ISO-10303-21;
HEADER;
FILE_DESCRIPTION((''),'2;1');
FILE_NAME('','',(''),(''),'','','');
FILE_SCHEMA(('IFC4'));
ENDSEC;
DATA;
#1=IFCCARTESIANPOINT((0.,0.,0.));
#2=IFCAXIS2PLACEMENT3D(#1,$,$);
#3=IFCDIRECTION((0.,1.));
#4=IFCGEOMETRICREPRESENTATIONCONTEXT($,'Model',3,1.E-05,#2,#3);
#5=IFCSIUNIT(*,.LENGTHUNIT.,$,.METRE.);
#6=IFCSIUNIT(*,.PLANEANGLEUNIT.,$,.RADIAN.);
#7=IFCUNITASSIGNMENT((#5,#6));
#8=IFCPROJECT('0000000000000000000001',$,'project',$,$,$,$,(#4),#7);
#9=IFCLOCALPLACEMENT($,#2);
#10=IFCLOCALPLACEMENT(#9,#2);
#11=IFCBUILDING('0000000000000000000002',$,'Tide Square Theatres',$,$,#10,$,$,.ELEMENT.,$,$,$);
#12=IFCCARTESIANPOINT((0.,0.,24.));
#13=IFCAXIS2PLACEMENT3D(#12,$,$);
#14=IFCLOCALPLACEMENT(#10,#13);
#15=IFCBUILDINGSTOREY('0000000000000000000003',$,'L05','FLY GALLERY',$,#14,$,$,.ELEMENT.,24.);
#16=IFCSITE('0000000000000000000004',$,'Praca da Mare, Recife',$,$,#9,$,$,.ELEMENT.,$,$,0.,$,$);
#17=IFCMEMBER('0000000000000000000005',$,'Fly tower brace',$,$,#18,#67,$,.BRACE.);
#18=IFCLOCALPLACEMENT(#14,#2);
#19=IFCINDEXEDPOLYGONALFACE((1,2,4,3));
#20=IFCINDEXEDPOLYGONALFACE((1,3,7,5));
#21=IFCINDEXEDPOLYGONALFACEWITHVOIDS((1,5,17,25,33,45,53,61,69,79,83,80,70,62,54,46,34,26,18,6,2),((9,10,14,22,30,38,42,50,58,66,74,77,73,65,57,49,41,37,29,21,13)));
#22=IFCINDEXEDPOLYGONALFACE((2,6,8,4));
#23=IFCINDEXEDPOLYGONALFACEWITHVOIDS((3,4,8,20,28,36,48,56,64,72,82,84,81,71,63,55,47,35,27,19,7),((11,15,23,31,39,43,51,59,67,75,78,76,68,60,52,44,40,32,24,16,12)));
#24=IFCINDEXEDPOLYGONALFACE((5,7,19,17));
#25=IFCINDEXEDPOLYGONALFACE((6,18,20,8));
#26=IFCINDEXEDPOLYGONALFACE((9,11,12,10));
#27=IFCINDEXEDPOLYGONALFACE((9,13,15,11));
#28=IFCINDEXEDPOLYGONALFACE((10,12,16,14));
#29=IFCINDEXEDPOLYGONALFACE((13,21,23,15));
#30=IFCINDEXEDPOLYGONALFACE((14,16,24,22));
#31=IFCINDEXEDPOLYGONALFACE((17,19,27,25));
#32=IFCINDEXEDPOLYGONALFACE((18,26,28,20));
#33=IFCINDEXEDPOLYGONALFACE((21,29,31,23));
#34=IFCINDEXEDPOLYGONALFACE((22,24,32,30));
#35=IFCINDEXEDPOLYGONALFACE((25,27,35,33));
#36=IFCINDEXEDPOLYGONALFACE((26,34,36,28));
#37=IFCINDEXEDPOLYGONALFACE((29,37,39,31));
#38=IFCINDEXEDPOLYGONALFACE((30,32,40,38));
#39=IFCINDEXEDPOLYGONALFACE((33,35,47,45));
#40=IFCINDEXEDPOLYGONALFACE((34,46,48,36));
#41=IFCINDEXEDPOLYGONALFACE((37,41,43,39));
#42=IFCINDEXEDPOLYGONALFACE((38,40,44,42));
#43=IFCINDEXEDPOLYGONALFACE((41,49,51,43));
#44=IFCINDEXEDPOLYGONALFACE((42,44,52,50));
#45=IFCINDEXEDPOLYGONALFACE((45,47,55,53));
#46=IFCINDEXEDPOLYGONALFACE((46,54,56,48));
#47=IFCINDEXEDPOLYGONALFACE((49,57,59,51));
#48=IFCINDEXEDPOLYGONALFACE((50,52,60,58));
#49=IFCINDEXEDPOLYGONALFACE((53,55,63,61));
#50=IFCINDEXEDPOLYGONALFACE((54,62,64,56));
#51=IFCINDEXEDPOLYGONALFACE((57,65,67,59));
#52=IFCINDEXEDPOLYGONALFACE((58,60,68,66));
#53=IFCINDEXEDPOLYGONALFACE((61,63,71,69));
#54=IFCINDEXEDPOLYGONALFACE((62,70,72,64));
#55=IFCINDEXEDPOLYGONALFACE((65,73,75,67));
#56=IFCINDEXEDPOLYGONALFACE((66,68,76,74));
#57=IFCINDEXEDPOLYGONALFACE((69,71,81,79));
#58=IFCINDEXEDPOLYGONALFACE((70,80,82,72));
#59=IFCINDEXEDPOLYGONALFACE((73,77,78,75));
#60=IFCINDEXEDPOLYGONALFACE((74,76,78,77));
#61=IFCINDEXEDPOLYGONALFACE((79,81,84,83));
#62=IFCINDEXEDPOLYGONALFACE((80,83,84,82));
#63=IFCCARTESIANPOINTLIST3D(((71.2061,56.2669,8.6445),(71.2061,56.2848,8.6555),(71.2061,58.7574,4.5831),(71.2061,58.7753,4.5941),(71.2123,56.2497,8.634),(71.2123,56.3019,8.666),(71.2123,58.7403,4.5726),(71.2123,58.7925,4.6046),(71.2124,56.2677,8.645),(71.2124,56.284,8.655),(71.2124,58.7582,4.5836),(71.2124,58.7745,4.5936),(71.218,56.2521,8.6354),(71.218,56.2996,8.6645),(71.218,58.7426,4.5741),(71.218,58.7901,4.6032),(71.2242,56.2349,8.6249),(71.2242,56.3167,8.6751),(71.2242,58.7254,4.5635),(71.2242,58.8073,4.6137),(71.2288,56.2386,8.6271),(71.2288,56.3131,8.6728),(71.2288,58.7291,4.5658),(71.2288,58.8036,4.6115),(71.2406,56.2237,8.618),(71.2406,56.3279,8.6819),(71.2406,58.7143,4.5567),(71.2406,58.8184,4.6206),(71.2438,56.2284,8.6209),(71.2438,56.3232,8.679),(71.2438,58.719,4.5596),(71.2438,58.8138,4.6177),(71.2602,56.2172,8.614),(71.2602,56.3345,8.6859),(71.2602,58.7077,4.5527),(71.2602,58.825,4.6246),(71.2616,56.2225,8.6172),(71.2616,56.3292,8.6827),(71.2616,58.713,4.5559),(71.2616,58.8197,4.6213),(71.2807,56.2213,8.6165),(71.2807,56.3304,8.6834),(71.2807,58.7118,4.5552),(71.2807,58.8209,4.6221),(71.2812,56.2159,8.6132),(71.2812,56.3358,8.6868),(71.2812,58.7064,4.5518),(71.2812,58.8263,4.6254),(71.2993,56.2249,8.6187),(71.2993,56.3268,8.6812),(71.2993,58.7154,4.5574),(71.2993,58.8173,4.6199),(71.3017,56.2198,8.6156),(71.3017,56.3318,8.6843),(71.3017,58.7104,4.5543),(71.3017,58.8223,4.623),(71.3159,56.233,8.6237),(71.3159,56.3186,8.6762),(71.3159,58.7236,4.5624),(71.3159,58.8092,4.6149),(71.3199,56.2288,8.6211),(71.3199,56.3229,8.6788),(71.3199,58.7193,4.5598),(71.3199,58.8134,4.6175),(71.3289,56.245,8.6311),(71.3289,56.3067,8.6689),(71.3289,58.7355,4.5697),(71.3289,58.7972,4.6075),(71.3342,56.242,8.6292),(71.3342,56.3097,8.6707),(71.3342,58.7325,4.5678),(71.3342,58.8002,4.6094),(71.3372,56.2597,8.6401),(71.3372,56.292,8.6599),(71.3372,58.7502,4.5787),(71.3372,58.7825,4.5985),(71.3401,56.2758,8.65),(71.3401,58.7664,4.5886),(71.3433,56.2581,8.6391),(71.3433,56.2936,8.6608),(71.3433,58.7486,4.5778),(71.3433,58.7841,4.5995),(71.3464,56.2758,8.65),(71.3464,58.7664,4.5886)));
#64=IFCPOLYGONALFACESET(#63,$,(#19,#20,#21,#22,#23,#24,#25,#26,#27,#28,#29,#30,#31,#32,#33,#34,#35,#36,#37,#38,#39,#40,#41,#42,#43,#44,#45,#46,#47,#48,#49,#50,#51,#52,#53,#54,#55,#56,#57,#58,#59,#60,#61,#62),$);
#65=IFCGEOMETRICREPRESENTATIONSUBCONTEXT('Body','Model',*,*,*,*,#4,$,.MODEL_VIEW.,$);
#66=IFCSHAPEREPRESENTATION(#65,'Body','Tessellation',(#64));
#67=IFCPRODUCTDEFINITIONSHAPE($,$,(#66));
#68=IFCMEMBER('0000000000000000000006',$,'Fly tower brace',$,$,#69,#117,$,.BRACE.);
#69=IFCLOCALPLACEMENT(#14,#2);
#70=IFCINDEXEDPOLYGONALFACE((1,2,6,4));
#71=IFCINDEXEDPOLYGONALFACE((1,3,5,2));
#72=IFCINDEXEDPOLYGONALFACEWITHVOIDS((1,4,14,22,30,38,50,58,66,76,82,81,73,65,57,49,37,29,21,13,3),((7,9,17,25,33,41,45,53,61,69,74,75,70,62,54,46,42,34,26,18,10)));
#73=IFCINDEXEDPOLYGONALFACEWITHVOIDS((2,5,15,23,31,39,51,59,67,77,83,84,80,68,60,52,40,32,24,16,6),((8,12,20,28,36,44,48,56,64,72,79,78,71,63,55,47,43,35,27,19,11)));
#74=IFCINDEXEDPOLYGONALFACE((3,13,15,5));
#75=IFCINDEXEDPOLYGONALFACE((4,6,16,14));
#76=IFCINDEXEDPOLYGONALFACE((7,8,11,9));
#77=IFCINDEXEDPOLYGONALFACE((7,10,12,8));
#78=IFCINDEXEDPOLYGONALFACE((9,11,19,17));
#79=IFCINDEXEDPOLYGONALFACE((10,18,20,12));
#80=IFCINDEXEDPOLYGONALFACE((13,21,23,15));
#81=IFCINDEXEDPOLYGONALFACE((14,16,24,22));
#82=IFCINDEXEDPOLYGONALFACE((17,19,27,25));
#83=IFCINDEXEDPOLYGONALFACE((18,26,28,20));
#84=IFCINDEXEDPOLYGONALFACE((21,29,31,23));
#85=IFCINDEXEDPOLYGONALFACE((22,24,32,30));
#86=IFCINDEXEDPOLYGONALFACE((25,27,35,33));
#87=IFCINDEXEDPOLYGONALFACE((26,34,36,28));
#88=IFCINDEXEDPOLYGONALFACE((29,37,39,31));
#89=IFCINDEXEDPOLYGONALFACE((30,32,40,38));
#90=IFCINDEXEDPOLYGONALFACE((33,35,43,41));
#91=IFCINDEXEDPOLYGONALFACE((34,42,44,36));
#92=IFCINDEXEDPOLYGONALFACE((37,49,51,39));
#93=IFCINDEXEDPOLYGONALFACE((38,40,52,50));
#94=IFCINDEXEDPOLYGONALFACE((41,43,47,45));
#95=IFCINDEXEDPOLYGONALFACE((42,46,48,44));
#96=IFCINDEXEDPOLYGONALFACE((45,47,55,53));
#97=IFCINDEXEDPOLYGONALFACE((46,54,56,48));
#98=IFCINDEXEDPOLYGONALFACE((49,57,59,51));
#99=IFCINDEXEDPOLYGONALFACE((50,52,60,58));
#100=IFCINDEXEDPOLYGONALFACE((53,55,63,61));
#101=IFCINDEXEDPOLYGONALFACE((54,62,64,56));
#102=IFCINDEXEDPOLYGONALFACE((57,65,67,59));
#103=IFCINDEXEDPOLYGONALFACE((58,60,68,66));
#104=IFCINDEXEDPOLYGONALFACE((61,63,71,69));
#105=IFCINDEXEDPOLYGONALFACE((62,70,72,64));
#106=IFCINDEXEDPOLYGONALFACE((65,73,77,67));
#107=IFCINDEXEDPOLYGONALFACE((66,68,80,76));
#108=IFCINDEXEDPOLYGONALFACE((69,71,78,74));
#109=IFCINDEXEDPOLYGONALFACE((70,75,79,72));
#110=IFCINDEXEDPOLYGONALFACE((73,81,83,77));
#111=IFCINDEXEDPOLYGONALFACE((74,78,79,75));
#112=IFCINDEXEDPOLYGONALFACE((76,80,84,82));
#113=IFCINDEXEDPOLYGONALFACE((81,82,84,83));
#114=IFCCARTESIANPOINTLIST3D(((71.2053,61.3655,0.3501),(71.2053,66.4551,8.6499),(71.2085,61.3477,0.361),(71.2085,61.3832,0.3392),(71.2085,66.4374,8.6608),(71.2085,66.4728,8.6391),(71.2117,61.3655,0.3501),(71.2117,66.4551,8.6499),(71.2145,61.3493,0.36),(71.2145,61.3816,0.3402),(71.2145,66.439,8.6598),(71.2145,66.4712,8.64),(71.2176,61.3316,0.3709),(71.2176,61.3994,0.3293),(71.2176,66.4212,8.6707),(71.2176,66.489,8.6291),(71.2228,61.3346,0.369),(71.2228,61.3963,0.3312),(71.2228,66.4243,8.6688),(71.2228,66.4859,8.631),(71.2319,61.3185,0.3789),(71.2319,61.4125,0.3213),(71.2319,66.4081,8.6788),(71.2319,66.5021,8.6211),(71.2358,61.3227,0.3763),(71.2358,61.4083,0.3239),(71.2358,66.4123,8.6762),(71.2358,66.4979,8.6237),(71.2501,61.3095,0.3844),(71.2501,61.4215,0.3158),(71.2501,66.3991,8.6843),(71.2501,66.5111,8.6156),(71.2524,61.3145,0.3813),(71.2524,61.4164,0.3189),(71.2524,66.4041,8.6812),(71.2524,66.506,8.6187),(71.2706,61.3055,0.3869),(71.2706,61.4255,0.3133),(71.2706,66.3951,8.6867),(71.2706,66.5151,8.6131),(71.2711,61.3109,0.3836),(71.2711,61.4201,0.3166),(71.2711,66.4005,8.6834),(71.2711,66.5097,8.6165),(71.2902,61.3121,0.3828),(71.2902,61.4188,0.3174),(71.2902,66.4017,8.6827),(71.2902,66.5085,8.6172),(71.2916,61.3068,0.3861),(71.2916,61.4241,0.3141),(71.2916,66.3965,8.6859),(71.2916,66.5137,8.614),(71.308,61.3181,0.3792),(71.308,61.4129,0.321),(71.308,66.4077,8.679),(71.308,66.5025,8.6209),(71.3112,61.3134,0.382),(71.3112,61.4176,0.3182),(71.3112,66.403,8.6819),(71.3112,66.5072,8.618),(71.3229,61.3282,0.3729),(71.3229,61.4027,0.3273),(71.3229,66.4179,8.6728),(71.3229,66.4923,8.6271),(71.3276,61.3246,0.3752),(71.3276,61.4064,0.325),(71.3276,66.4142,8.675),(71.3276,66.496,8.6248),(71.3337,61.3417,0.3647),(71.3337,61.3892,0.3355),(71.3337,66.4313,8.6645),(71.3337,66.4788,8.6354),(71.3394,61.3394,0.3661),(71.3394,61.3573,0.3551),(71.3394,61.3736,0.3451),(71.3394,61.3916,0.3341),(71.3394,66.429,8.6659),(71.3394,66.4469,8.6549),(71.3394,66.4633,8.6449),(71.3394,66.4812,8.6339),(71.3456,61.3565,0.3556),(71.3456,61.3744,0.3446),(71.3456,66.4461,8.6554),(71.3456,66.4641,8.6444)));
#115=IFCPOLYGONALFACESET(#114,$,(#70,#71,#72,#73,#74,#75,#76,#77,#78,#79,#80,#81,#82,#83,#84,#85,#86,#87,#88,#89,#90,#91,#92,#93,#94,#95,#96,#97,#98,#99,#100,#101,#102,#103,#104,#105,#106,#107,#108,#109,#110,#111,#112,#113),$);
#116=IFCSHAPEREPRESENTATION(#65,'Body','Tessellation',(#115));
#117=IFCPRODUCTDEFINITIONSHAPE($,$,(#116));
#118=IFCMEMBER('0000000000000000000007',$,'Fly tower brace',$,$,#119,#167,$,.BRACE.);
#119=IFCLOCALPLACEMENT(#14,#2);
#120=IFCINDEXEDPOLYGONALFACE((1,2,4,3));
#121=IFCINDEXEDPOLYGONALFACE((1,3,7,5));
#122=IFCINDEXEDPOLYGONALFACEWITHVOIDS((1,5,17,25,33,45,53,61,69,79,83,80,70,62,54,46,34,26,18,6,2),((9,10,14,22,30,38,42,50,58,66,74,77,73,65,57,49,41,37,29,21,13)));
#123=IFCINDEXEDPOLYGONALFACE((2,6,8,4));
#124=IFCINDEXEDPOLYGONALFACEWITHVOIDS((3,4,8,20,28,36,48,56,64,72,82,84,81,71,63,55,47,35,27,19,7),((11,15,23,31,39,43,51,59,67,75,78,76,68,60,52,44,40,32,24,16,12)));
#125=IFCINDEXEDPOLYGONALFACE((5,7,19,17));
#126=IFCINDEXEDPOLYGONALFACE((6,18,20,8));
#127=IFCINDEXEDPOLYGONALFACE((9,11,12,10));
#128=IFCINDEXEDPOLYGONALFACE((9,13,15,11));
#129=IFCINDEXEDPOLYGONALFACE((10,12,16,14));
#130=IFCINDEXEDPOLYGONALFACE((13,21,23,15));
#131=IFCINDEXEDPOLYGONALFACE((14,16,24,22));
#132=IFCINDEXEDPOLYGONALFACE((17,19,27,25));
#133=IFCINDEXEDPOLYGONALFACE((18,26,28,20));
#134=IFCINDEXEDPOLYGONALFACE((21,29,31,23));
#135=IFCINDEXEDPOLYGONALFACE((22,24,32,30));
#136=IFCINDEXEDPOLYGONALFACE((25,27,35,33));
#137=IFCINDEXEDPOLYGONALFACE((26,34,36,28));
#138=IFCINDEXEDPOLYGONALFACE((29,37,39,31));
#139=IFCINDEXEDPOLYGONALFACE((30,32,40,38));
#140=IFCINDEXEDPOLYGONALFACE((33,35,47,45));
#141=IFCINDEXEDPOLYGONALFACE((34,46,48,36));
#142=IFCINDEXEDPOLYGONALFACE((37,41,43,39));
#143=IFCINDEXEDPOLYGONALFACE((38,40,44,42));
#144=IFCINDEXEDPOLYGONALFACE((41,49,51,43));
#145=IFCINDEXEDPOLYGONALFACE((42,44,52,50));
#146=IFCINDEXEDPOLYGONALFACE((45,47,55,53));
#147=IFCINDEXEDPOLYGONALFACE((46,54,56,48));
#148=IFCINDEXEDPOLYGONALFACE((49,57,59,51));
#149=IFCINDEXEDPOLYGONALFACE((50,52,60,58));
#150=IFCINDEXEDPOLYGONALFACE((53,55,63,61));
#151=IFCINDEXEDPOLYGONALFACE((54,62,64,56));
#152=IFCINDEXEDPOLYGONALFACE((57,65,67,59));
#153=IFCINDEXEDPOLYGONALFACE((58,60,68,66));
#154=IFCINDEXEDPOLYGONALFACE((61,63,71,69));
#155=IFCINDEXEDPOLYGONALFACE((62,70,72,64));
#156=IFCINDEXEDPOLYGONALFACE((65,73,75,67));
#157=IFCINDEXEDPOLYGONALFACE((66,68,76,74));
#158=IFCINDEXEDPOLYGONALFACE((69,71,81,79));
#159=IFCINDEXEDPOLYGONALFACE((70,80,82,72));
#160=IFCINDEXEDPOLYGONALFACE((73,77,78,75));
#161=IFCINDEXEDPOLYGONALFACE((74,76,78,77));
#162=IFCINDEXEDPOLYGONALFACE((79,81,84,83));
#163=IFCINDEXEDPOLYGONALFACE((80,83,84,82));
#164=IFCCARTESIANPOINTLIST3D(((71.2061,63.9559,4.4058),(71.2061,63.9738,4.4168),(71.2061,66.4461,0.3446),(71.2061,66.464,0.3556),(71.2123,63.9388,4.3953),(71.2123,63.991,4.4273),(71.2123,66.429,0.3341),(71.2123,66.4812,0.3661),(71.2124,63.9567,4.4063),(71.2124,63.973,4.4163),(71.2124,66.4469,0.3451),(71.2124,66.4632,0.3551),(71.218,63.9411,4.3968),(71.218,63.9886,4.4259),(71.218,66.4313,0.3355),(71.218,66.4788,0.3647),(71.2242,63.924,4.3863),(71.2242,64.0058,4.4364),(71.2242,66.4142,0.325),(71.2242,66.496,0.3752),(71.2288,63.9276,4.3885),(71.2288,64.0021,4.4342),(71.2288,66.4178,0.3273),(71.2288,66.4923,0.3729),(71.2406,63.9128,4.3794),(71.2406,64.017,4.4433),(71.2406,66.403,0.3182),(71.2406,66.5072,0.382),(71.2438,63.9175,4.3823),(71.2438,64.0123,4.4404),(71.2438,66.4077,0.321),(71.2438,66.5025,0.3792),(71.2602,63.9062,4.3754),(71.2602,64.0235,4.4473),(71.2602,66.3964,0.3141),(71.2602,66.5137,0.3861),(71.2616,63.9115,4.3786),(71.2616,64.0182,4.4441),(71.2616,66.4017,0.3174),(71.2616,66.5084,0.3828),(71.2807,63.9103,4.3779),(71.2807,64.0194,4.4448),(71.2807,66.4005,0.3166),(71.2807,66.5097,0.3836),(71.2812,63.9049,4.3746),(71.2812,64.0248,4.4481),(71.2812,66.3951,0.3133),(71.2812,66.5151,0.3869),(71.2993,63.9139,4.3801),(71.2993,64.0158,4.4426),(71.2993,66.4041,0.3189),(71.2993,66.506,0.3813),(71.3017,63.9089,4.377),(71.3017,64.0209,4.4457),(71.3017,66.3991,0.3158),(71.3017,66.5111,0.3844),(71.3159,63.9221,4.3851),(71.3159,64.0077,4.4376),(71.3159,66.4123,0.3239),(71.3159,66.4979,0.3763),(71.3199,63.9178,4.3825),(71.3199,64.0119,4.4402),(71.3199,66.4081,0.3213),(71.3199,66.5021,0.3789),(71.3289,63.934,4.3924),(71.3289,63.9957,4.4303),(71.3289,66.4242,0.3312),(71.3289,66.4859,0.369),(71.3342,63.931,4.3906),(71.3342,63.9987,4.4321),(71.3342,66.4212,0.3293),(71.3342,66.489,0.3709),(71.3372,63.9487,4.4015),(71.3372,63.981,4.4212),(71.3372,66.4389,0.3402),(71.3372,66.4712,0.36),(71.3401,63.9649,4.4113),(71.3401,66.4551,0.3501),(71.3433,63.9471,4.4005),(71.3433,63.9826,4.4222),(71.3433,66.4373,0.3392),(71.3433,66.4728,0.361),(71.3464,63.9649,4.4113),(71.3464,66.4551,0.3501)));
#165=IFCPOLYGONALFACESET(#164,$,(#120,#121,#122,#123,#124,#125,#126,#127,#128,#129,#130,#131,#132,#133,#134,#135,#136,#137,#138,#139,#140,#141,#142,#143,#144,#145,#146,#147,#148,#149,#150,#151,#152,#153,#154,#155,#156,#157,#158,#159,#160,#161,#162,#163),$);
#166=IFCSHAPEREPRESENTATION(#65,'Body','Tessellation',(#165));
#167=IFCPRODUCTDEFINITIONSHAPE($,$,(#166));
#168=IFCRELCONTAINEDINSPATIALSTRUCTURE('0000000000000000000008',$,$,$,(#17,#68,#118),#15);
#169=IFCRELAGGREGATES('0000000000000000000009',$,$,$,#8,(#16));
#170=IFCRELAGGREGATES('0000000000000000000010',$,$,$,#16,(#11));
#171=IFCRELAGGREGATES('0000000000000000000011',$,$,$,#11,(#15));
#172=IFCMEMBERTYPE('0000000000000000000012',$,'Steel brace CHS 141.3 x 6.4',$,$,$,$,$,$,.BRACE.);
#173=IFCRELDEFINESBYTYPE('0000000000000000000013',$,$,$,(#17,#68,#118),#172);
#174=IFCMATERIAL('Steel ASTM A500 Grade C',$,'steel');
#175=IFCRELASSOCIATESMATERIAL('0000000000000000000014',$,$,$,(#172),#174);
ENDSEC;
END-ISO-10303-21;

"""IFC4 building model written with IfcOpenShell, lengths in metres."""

from ifc_helpers import new_model, si_unit, direction, frame, origin, origin_2d, place, context, subcontext, project, spatial, hollow_circle, extrude, material, material_profile, profile_set, type_object, element, save


model = new_model("IFC4")

# Units and contexts
model_context = context("Model", 3, precision=1e-05, world=origin(), true_north=direction((0.0, 1.0)))
body_context = subcontext(model_context, "Body", "Model", "MODEL_VIEW")
ifc_project = project(units=[si_unit("LENGTHUNIT", "METRE"), si_unit("PLANEANGLEUNIT", "RADIAN")], contexts=[model_context])

# Site, building, storey
site_placement = place(None, origin())
site = spatial("IfcSite", under=ifc_project, at=site_placement, Name="Praca da Mare, Recife", CompositionType="ELEMENT", RefElevation=0.0)
building_placement = place(site_placement, origin())
building = spatial("IfcBuilding", under=site, at=building_placement, Name="Tide Square Theatres", CompositionType="ELEMENT")
storey_placement = place(building_placement, frame((0.0, 0.0, 24.0)))
storey = spatial("IfcBuildingStorey", under=building, at=storey_placement, Name="L05", Description="FLY GALLERY", CompositionType="ELEMENT", Elevation=24.0)

# Members
ifc_material_1 = material(Name="Steel ASTM A500 Grade C", Category="steel")
ifc_material_profile_1 = material_profile(ifc_material_1, hollow_circle(Radius=0.0706, WallThickness=0.0063, at=origin_2d()))
ifc_profile_set_1 = profile_set([ifc_material_profile_1], Name="Steel ASTM A500 Grade C")
member_type_1 = type_object("IfcMemberType", Name="Steel brace CHS 141.3 x 6.4", PredefinedType="BRACE", material=ifc_profile_set_1)
member_1_placement = place(storey_placement, frame((71.2759, 58.7664, 4.5886), z_axis=(0.0, -0.522762, 0.852479), x_axis=(1.0, 0.0, 0.0)))
element("IfcMember", 1, at=member_1_placement, inside=storey, type_object=member_type_1, Name="Fly tower brace", PredefinedType="BRACE", context=body_context, shape_type="SweptSolid", body=[
    extrude(hollow_circle(Radius=0.0706, WallThickness=0.0063, at=origin_2d()), origin(), (0.0, 0.0, 1.0), 4.7642),
])
member_2_placement = place(storey_placement, frame((71.2759, 61.3655, 0.3501), z_axis=(0.0, 0.522758, 0.852481), x_axis=(-1.0, 0.0, 0.0)))
element("IfcMember", 2, at=member_2_placement, inside=storey, type_object=member_type_1, Name="Fly tower brace", PredefinedType="BRACE", context=body_context, shape_type="SweptSolid", body=[
    extrude(hollow_circle(Radius=0.0706, WallThickness=0.0063, at=origin_2d()), origin(), (0.0, 0.0, 1.0), 9.7361),
])
member_3_placement = place(storey_placement, frame((71.2759, 66.4551, 0.3501), z_axis=(0.0, -0.522724, 0.852502), x_axis=(1.0, 0.0, 0.0)))
element("IfcMember", 3, at=member_3_placement, inside=storey, type_object=member_type_1, Name="Fly tower brace", PredefinedType="BRACE", context=body_context, shape_type="SweptSolid", body=[
    extrude(hollow_circle(Radius=0.0706, WallThickness=0.0063, at=origin_2d()), origin(), (0.0, 0.0, 1.0), 4.7639),
])

save(model, "model.ifc")
